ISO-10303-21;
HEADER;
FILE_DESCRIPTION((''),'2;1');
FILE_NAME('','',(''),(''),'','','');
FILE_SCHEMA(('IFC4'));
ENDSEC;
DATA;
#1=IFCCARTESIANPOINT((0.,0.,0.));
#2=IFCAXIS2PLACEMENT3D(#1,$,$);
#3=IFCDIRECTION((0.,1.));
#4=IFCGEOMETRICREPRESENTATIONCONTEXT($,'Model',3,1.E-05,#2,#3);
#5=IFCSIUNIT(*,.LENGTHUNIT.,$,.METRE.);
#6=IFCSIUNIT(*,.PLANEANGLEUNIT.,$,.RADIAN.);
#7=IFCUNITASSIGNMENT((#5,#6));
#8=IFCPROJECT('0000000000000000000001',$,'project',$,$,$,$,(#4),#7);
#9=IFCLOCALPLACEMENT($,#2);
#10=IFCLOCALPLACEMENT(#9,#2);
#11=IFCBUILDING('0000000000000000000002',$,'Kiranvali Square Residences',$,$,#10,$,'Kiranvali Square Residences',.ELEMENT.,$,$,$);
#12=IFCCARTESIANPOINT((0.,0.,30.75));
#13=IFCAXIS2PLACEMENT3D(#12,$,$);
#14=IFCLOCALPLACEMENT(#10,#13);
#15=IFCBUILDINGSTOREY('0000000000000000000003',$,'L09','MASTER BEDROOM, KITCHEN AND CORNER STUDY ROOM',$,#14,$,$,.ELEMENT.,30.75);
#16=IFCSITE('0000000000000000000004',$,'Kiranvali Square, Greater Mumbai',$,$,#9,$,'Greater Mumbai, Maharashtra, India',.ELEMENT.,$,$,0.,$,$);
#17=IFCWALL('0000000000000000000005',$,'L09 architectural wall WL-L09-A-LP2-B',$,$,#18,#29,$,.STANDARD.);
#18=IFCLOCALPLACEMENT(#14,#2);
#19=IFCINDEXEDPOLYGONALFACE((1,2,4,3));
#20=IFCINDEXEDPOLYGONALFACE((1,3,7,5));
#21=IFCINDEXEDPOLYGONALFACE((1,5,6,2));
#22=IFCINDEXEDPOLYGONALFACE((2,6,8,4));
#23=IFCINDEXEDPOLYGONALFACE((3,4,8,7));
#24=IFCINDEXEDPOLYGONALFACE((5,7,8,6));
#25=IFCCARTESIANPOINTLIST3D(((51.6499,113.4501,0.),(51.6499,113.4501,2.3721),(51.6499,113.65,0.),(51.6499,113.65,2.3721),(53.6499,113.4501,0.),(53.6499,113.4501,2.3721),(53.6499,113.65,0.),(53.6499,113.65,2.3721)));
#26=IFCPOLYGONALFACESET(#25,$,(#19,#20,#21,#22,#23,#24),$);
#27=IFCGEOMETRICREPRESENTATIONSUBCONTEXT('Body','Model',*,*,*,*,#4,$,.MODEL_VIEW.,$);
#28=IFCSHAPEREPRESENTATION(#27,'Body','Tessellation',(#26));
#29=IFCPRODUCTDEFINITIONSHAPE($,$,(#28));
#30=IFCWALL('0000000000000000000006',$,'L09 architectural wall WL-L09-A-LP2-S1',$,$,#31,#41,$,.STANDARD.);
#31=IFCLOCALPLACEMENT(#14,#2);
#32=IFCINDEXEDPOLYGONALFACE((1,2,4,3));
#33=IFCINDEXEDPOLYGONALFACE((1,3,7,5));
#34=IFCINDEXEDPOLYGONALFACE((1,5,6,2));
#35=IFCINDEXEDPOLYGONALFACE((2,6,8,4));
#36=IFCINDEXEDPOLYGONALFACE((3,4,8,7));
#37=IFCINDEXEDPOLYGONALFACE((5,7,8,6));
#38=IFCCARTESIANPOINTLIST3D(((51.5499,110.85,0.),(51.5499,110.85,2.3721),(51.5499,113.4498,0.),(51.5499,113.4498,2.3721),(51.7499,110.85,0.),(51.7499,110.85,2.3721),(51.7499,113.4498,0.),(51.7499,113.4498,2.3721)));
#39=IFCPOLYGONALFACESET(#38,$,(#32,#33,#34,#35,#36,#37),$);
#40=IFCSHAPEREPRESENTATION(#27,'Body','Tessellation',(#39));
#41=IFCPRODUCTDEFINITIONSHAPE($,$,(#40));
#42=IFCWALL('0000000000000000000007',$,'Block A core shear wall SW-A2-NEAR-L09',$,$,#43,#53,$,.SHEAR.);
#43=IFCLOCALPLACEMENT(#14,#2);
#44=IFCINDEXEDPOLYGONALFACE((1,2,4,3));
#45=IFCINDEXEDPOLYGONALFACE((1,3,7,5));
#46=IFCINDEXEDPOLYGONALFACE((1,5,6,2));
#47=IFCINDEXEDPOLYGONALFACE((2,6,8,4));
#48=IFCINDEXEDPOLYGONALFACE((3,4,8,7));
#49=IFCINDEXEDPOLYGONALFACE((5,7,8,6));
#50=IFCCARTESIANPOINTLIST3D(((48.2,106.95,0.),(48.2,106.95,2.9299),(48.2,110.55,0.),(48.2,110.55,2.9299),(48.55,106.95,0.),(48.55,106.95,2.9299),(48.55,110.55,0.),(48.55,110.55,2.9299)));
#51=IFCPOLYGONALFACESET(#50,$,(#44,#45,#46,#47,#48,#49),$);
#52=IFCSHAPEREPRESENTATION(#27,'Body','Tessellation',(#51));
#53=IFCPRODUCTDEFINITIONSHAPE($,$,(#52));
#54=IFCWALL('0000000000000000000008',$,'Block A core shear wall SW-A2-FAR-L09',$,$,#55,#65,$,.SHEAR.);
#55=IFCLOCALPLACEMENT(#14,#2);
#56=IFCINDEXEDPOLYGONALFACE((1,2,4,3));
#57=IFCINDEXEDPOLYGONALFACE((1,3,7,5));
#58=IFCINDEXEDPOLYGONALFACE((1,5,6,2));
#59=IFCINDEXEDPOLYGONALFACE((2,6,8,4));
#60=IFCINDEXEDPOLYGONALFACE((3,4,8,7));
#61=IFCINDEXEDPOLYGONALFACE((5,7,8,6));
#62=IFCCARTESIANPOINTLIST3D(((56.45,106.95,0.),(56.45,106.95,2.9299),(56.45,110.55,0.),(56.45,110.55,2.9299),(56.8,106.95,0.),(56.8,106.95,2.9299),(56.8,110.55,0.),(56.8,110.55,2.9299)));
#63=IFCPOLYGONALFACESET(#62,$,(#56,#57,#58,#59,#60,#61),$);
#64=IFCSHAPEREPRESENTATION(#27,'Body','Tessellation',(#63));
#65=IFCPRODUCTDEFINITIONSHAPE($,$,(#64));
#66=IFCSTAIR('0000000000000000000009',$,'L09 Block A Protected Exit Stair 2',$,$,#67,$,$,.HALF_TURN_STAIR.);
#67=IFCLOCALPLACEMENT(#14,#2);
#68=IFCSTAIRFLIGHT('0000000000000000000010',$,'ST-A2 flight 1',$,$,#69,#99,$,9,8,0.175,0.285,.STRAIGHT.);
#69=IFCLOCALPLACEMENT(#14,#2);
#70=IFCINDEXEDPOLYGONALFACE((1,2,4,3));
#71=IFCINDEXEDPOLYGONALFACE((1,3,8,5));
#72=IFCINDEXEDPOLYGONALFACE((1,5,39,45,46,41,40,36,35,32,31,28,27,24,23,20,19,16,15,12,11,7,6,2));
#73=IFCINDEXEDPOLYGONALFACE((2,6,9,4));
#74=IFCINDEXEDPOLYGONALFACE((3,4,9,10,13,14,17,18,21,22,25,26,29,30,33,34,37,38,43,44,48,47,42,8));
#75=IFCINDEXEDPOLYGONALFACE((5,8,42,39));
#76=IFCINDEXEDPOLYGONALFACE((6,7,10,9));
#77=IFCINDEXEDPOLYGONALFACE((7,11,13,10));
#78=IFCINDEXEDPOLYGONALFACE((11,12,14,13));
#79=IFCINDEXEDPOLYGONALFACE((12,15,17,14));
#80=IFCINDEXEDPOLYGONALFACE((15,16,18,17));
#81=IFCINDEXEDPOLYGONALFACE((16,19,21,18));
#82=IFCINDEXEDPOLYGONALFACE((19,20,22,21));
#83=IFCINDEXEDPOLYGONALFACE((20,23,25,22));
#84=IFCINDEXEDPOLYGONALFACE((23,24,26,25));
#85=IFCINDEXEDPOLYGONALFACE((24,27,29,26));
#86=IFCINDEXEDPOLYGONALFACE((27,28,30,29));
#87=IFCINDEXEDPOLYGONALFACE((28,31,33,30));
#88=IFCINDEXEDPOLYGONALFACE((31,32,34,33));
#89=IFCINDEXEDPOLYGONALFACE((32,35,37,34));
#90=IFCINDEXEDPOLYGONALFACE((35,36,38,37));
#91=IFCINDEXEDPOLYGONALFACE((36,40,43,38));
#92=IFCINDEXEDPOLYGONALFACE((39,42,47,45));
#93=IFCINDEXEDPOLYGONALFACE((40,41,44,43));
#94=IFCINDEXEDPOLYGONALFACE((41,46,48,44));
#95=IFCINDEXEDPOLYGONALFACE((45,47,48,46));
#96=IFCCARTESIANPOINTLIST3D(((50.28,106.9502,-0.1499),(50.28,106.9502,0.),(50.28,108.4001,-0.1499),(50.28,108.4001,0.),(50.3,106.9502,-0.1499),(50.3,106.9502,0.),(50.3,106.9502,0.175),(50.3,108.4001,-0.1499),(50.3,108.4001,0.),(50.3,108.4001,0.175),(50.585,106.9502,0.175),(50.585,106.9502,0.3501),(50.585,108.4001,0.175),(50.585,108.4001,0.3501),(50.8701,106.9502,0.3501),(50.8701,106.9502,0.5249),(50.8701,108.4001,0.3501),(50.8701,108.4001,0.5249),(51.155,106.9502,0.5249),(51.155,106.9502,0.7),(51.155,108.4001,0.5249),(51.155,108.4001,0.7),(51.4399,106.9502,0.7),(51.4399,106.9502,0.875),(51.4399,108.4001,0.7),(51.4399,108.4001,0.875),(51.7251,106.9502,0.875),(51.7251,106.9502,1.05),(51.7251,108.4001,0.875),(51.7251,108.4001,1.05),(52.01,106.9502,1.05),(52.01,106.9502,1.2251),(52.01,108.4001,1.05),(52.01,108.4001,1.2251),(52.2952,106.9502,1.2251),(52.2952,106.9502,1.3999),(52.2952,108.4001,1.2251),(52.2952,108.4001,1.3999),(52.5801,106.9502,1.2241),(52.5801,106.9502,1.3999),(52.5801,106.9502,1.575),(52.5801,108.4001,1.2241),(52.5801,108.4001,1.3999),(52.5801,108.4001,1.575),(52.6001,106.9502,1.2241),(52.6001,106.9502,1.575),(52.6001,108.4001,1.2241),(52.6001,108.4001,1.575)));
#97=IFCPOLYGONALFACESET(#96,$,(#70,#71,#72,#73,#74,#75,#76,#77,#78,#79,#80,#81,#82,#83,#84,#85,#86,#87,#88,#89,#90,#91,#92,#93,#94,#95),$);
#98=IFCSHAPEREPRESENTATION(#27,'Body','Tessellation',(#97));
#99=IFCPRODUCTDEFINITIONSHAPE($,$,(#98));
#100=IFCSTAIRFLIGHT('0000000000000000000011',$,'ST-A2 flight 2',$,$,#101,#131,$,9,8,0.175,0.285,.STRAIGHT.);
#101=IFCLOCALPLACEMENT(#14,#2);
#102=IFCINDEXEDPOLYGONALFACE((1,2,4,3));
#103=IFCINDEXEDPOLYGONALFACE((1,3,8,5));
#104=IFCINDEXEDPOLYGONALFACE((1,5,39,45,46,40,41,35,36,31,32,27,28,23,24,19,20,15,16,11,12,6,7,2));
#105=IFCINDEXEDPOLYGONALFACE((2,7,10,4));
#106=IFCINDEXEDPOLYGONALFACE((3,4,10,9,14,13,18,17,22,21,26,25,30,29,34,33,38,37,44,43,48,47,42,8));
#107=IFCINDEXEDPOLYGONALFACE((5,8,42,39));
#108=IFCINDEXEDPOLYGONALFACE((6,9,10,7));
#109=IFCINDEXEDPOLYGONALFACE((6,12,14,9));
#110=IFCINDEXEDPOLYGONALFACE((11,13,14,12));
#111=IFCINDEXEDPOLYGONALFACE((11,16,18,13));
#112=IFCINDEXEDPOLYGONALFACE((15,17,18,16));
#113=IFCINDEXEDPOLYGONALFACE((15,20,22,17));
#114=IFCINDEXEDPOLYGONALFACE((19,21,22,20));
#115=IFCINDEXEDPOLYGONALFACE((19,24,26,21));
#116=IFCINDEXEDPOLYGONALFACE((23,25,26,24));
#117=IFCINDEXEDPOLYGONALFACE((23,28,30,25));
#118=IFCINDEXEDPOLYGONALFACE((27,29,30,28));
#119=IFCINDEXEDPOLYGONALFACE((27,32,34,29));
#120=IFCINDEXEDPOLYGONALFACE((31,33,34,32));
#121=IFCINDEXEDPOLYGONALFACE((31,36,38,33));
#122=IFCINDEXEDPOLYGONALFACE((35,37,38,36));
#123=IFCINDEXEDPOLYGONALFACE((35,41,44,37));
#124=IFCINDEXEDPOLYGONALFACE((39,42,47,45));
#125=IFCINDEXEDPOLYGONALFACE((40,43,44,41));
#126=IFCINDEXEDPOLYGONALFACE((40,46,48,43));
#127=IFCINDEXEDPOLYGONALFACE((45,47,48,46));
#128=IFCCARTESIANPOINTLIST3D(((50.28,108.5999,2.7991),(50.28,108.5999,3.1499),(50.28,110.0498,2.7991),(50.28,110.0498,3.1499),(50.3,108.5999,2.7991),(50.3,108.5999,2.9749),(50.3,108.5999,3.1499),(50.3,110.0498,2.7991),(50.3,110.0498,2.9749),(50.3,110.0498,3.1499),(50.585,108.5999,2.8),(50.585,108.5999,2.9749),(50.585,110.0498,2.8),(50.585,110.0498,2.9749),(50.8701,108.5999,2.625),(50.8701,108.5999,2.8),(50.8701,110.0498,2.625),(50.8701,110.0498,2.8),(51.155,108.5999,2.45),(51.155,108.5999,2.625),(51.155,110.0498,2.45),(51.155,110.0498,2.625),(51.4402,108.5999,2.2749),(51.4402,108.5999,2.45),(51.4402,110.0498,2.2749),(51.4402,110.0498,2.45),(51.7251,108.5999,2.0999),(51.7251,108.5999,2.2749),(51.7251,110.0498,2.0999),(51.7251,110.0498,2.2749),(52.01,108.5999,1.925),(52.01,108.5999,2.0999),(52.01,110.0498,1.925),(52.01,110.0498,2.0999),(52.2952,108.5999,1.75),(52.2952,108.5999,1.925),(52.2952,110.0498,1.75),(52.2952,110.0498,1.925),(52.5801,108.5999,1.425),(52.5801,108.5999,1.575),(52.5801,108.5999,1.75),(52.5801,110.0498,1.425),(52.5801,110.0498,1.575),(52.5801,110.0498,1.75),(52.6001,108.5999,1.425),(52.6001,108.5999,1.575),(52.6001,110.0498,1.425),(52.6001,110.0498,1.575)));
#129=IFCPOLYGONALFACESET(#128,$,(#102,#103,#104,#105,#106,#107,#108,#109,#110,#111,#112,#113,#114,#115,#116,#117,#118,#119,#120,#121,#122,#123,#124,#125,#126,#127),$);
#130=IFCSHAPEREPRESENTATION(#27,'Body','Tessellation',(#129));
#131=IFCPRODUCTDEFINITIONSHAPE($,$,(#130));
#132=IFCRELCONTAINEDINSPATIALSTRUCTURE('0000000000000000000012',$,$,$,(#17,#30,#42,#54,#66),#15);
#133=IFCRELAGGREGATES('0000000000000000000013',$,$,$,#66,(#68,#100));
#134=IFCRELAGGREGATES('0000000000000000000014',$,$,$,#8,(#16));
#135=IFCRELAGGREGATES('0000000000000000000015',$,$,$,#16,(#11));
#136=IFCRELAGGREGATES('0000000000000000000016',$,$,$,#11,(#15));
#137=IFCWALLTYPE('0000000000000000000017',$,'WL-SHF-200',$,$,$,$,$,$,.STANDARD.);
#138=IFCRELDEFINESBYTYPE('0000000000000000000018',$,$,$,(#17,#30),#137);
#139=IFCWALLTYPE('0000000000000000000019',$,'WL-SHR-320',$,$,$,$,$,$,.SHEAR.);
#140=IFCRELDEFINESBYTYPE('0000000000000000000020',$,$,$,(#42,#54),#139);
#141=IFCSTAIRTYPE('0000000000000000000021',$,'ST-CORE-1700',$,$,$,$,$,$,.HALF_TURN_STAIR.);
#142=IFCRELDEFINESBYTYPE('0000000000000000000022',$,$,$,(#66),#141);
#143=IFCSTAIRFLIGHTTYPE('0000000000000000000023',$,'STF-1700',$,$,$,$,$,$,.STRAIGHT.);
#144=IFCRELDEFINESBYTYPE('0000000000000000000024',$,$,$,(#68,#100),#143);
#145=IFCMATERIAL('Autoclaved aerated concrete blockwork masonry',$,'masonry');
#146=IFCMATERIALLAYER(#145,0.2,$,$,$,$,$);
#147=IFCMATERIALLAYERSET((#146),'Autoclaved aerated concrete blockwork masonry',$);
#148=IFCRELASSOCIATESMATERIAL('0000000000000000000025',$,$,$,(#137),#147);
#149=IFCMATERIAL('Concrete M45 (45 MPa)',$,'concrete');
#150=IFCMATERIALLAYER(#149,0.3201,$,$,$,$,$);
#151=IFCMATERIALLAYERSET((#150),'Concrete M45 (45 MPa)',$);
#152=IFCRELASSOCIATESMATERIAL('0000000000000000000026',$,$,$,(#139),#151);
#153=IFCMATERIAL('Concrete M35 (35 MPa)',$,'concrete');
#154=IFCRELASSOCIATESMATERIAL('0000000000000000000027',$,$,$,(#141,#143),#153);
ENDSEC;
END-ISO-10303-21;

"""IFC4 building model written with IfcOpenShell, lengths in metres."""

from ifc_helpers import new_model, si_unit, direction, frame, frame_2d, origin, place, context, subcontext, project, spatial, polyline, rectangle, outline, extrude, material, layer, layer_set, type_object, element, aggregate, save


model = new_model("IFC4")

# Units and contexts
model_context = context("Model", 3, precision=1e-05, world=origin(), true_north=direction((0.0, 1.0)))
body_context = subcontext(model_context, "Body", "Model", "MODEL_VIEW")
ifc_project = project(units=[si_unit("LENGTHUNIT", "METRE"), si_unit("PLANEANGLEUNIT", "RADIAN")], contexts=[model_context])

# Site, building, storey
site_placement = place(None, origin())
site = spatial("IfcSite", under=ifc_project, at=site_placement, Name="Kiranvali Square, Greater Mumbai", LongName="Greater Mumbai, Maharashtra, India", CompositionType="ELEMENT", RefElevation=0.0)
building_placement = place(site_placement, origin())
building = spatial("IfcBuilding", under=site, at=building_placement, Name="Kiranvali Square Residences", LongName="Kiranvali Square Residences", CompositionType="ELEMENT")
storey_placement = place(building_placement, frame((0.0, 0.0, 30.75)))
storey = spatial("IfcBuildingStorey", under=building, at=storey_placement, Name="L09", Description="MASTER BEDROOM, KITCHEN AND CORNER STUDY ROOM", CompositionType="ELEMENT", Elevation=30.75)

# Shared definitions
ifc_material_1 = material(Name="Concrete M45 (45 MPa)", Category="concrete")

# Shared definitions
ifc_material_2 = material(Name="Autoclaved aerated concrete blockwork masonry", Category="masonry")

# Walls
ifc_layer_1 = layer(ifc_material_2, 0.2)
ifc_layer_set_1 = layer_set([ifc_layer_1], Name="Autoclaved aerated concrete blockwork masonry")
wall_type_1 = type_object("IfcWallType", Name="WL-SHF-200", PredefinedType="STANDARD", material=ifc_layer_set_1)
wall_1_placement = place(storey_placement, frame((51.6499, 113.55, 0.0), z_axis=(0.0, 0.0, 1.0), x_axis=(1.0, 0.0, 0.0)))
element("IfcWall", 1, at=wall_1_placement, inside=storey, type_object=wall_type_1, Name="L09 architectural wall WL-L09-A-LP2-B", PredefinedType="STANDARD", context=body_context, shape_type="SweptSolid", body=[
    extrude(rectangle(XDim=2.0, YDim=0.2, at=frame_2d((1.0, 0.0))), origin(), (0.0, 0.0, 1.0), 2.3721),
])
wall_2_placement = place(storey_placement, frame((51.6499, 110.8501, 0.0), z_axis=(0.0, 0.0, 1.0), x_axis=(0.0, 1.0, 0.0)))
element("IfcWall", 2, at=wall_2_placement, inside=storey, type_object=wall_type_1, Name="L09 architectural wall WL-L09-A-LP2-S1", PredefinedType="STANDARD", context=body_context, shape_type="SweptSolid", body=[
    extrude(rectangle(XDim=2.5999, YDim=0.2, at=frame_2d((1.2998, 0.0))), origin(), (0.0, 0.0, 1.0), 2.3721),
])

# Shared definitions
ifc_layer_2 = layer(ifc_material_1, 0.3201)
ifc_layer_set_2 = layer_set([ifc_layer_2], Name="Concrete M45 (45 MPa)")
wall_type_2 = type_object("IfcWallType", Name="WL-SHR-320", PredefinedType="SHEAR", material=ifc_layer_set_2)

# Walls
for number, where, z_axis, x_axis, name in (
    (3, (48.375, 106.95, 0.0), (0.0, 0.0, 1.0), (0.0, 1.0, 0.0), "Block A core shear wall SW-A2-NEAR-L09"),
    (4, (56.625, 106.95, 0.0), (0.0, 0.0, 1.0), (0.0, 1.0, 0.0), "Block A core shear wall SW-A2-FAR-L09"),
):
    element("IfcWall", number, at=place(storey_placement, frame(where, z_axis=z_axis, x_axis=x_axis)), inside=storey, type_object=wall_type_2, Name=name, PredefinedType="SHEAR", context=body_context, shape_type="SweptSolid", body=[
        extrude(rectangle(XDim=3.6001, YDim=0.3501, at=frame_2d((1.8, 0.0))), origin(), (0.0, 0.0, 1.0), 2.9299),
    ])

# Stair, stair flights
ifc_material_3 = material(Name="Concrete M35 (35 MPa)", Category="concrete")
stair_type = type_object("IfcStairType", Name="ST-CORE-1700", PredefinedType="HALF_TURN_STAIR", material=ifc_material_3)
stair_placement = place(storey_placement, origin())
stair = element("IfcStair", 5, at=stair_placement, inside=storey, type_object=stair_type, Name="L09 Block A Protected Exit Stair 2", PredefinedType="HALF_TURN_STAIR")
stair_flight_type = type_object("IfcStairFlightType", Name="STF-1700", PredefinedType="STRAIGHT", material=ifc_material_3)
stair_flight_1_placement = place(storey_placement, frame((50.3, 107.675, 0.0), z_axis=(0.0, 0.0, 1.0), x_axis=(1.0, 0.0, 0.0)))
stair_flight_1 = element("IfcStairFlight", 6, at=stair_flight_1_placement, type_object=stair_flight_type, Name="ST-A2 flight 1", NumberOfRisers=9, NumberOfTreads=8, PredefinedType="STRAIGHT", RiserHeight=0.175, TreadLength=0.285, context=body_context, shape_type="SweptSolid", body=[
    extrude(outline(polyline([(-0.02, -0.1499), (-0.02, 0.0), (0.0, 0.0), (0.0, 0.175), (0.2849, 0.175), (0.2849, 0.3501), (0.5701, 0.3501), (0.5701, 0.5249), (0.855, 0.5249), (0.855, 0.7), (1.1399, 0.7), (1.1399, 0.875), (1.425, 0.875), (1.425, 1.05), (1.71, 1.05), (1.71, 1.2251), (1.9951, 1.2251), (1.9951, 1.3999), (2.28, 1.3999), (2.28, 1.575), (2.3, 1.575), (2.3, 1.2241), (2.28, 1.2241), (0.0, -0.1499), (-0.02, -0.1499)])), frame((0.0, 0.7251, 0.0), z_axis=(0.0, -1.0, 0.0), x_axis=(1.0, 0.0, 0.0)), (0.0, 0.0, 1.0), 1.45),
])
stair_flight_2_placement = place(storey_placement, frame((52.5801, 109.325, 1.575), z_axis=(0.0, 0.0, 1.0), x_axis=(-1.0, 0.0, 0.0)))
stair_flight_2 = element("IfcStairFlight", 7, at=stair_flight_2_placement, type_object=stair_flight_type, Name="ST-A2 flight 2", NumberOfRisers=9, NumberOfTreads=8, PredefinedType="STRAIGHT", RiserHeight=0.175, TreadLength=0.285, context=body_context, shape_type="SweptSolid", body=[
    extrude(outline(polyline([(-0.02, -0.1499), (-0.02, 0.0), (0.0, 0.0), (0.0, 0.175), (0.2849, 0.175), (0.2849, 0.3501), (0.5701, 0.3501), (0.5701, 0.5249), (0.855, 0.5249), (0.855, 0.7), (1.1399, 0.7), (1.1399, 0.875), (1.425, 0.875), (1.425, 1.05), (1.71, 1.05), (1.71, 1.2251), (1.9951, 1.2251), (1.9951, 1.3999), (2.28, 1.3999), (2.28, 1.575), (2.3, 1.575), (2.3, 1.2241), (2.28, 1.2241), (0.0, -0.1499), (-0.02, -0.1499)])), frame((0.0, 0.7251, 0.0), z_axis=(0.0, -1.0, 0.0), x_axis=(1.0, 0.0, 0.0)), (0.0, 0.0, 1.0), 1.45),
])
aggregate(stair, [stair_flight_1, stair_flight_2])

save(model, "model.ifc")
